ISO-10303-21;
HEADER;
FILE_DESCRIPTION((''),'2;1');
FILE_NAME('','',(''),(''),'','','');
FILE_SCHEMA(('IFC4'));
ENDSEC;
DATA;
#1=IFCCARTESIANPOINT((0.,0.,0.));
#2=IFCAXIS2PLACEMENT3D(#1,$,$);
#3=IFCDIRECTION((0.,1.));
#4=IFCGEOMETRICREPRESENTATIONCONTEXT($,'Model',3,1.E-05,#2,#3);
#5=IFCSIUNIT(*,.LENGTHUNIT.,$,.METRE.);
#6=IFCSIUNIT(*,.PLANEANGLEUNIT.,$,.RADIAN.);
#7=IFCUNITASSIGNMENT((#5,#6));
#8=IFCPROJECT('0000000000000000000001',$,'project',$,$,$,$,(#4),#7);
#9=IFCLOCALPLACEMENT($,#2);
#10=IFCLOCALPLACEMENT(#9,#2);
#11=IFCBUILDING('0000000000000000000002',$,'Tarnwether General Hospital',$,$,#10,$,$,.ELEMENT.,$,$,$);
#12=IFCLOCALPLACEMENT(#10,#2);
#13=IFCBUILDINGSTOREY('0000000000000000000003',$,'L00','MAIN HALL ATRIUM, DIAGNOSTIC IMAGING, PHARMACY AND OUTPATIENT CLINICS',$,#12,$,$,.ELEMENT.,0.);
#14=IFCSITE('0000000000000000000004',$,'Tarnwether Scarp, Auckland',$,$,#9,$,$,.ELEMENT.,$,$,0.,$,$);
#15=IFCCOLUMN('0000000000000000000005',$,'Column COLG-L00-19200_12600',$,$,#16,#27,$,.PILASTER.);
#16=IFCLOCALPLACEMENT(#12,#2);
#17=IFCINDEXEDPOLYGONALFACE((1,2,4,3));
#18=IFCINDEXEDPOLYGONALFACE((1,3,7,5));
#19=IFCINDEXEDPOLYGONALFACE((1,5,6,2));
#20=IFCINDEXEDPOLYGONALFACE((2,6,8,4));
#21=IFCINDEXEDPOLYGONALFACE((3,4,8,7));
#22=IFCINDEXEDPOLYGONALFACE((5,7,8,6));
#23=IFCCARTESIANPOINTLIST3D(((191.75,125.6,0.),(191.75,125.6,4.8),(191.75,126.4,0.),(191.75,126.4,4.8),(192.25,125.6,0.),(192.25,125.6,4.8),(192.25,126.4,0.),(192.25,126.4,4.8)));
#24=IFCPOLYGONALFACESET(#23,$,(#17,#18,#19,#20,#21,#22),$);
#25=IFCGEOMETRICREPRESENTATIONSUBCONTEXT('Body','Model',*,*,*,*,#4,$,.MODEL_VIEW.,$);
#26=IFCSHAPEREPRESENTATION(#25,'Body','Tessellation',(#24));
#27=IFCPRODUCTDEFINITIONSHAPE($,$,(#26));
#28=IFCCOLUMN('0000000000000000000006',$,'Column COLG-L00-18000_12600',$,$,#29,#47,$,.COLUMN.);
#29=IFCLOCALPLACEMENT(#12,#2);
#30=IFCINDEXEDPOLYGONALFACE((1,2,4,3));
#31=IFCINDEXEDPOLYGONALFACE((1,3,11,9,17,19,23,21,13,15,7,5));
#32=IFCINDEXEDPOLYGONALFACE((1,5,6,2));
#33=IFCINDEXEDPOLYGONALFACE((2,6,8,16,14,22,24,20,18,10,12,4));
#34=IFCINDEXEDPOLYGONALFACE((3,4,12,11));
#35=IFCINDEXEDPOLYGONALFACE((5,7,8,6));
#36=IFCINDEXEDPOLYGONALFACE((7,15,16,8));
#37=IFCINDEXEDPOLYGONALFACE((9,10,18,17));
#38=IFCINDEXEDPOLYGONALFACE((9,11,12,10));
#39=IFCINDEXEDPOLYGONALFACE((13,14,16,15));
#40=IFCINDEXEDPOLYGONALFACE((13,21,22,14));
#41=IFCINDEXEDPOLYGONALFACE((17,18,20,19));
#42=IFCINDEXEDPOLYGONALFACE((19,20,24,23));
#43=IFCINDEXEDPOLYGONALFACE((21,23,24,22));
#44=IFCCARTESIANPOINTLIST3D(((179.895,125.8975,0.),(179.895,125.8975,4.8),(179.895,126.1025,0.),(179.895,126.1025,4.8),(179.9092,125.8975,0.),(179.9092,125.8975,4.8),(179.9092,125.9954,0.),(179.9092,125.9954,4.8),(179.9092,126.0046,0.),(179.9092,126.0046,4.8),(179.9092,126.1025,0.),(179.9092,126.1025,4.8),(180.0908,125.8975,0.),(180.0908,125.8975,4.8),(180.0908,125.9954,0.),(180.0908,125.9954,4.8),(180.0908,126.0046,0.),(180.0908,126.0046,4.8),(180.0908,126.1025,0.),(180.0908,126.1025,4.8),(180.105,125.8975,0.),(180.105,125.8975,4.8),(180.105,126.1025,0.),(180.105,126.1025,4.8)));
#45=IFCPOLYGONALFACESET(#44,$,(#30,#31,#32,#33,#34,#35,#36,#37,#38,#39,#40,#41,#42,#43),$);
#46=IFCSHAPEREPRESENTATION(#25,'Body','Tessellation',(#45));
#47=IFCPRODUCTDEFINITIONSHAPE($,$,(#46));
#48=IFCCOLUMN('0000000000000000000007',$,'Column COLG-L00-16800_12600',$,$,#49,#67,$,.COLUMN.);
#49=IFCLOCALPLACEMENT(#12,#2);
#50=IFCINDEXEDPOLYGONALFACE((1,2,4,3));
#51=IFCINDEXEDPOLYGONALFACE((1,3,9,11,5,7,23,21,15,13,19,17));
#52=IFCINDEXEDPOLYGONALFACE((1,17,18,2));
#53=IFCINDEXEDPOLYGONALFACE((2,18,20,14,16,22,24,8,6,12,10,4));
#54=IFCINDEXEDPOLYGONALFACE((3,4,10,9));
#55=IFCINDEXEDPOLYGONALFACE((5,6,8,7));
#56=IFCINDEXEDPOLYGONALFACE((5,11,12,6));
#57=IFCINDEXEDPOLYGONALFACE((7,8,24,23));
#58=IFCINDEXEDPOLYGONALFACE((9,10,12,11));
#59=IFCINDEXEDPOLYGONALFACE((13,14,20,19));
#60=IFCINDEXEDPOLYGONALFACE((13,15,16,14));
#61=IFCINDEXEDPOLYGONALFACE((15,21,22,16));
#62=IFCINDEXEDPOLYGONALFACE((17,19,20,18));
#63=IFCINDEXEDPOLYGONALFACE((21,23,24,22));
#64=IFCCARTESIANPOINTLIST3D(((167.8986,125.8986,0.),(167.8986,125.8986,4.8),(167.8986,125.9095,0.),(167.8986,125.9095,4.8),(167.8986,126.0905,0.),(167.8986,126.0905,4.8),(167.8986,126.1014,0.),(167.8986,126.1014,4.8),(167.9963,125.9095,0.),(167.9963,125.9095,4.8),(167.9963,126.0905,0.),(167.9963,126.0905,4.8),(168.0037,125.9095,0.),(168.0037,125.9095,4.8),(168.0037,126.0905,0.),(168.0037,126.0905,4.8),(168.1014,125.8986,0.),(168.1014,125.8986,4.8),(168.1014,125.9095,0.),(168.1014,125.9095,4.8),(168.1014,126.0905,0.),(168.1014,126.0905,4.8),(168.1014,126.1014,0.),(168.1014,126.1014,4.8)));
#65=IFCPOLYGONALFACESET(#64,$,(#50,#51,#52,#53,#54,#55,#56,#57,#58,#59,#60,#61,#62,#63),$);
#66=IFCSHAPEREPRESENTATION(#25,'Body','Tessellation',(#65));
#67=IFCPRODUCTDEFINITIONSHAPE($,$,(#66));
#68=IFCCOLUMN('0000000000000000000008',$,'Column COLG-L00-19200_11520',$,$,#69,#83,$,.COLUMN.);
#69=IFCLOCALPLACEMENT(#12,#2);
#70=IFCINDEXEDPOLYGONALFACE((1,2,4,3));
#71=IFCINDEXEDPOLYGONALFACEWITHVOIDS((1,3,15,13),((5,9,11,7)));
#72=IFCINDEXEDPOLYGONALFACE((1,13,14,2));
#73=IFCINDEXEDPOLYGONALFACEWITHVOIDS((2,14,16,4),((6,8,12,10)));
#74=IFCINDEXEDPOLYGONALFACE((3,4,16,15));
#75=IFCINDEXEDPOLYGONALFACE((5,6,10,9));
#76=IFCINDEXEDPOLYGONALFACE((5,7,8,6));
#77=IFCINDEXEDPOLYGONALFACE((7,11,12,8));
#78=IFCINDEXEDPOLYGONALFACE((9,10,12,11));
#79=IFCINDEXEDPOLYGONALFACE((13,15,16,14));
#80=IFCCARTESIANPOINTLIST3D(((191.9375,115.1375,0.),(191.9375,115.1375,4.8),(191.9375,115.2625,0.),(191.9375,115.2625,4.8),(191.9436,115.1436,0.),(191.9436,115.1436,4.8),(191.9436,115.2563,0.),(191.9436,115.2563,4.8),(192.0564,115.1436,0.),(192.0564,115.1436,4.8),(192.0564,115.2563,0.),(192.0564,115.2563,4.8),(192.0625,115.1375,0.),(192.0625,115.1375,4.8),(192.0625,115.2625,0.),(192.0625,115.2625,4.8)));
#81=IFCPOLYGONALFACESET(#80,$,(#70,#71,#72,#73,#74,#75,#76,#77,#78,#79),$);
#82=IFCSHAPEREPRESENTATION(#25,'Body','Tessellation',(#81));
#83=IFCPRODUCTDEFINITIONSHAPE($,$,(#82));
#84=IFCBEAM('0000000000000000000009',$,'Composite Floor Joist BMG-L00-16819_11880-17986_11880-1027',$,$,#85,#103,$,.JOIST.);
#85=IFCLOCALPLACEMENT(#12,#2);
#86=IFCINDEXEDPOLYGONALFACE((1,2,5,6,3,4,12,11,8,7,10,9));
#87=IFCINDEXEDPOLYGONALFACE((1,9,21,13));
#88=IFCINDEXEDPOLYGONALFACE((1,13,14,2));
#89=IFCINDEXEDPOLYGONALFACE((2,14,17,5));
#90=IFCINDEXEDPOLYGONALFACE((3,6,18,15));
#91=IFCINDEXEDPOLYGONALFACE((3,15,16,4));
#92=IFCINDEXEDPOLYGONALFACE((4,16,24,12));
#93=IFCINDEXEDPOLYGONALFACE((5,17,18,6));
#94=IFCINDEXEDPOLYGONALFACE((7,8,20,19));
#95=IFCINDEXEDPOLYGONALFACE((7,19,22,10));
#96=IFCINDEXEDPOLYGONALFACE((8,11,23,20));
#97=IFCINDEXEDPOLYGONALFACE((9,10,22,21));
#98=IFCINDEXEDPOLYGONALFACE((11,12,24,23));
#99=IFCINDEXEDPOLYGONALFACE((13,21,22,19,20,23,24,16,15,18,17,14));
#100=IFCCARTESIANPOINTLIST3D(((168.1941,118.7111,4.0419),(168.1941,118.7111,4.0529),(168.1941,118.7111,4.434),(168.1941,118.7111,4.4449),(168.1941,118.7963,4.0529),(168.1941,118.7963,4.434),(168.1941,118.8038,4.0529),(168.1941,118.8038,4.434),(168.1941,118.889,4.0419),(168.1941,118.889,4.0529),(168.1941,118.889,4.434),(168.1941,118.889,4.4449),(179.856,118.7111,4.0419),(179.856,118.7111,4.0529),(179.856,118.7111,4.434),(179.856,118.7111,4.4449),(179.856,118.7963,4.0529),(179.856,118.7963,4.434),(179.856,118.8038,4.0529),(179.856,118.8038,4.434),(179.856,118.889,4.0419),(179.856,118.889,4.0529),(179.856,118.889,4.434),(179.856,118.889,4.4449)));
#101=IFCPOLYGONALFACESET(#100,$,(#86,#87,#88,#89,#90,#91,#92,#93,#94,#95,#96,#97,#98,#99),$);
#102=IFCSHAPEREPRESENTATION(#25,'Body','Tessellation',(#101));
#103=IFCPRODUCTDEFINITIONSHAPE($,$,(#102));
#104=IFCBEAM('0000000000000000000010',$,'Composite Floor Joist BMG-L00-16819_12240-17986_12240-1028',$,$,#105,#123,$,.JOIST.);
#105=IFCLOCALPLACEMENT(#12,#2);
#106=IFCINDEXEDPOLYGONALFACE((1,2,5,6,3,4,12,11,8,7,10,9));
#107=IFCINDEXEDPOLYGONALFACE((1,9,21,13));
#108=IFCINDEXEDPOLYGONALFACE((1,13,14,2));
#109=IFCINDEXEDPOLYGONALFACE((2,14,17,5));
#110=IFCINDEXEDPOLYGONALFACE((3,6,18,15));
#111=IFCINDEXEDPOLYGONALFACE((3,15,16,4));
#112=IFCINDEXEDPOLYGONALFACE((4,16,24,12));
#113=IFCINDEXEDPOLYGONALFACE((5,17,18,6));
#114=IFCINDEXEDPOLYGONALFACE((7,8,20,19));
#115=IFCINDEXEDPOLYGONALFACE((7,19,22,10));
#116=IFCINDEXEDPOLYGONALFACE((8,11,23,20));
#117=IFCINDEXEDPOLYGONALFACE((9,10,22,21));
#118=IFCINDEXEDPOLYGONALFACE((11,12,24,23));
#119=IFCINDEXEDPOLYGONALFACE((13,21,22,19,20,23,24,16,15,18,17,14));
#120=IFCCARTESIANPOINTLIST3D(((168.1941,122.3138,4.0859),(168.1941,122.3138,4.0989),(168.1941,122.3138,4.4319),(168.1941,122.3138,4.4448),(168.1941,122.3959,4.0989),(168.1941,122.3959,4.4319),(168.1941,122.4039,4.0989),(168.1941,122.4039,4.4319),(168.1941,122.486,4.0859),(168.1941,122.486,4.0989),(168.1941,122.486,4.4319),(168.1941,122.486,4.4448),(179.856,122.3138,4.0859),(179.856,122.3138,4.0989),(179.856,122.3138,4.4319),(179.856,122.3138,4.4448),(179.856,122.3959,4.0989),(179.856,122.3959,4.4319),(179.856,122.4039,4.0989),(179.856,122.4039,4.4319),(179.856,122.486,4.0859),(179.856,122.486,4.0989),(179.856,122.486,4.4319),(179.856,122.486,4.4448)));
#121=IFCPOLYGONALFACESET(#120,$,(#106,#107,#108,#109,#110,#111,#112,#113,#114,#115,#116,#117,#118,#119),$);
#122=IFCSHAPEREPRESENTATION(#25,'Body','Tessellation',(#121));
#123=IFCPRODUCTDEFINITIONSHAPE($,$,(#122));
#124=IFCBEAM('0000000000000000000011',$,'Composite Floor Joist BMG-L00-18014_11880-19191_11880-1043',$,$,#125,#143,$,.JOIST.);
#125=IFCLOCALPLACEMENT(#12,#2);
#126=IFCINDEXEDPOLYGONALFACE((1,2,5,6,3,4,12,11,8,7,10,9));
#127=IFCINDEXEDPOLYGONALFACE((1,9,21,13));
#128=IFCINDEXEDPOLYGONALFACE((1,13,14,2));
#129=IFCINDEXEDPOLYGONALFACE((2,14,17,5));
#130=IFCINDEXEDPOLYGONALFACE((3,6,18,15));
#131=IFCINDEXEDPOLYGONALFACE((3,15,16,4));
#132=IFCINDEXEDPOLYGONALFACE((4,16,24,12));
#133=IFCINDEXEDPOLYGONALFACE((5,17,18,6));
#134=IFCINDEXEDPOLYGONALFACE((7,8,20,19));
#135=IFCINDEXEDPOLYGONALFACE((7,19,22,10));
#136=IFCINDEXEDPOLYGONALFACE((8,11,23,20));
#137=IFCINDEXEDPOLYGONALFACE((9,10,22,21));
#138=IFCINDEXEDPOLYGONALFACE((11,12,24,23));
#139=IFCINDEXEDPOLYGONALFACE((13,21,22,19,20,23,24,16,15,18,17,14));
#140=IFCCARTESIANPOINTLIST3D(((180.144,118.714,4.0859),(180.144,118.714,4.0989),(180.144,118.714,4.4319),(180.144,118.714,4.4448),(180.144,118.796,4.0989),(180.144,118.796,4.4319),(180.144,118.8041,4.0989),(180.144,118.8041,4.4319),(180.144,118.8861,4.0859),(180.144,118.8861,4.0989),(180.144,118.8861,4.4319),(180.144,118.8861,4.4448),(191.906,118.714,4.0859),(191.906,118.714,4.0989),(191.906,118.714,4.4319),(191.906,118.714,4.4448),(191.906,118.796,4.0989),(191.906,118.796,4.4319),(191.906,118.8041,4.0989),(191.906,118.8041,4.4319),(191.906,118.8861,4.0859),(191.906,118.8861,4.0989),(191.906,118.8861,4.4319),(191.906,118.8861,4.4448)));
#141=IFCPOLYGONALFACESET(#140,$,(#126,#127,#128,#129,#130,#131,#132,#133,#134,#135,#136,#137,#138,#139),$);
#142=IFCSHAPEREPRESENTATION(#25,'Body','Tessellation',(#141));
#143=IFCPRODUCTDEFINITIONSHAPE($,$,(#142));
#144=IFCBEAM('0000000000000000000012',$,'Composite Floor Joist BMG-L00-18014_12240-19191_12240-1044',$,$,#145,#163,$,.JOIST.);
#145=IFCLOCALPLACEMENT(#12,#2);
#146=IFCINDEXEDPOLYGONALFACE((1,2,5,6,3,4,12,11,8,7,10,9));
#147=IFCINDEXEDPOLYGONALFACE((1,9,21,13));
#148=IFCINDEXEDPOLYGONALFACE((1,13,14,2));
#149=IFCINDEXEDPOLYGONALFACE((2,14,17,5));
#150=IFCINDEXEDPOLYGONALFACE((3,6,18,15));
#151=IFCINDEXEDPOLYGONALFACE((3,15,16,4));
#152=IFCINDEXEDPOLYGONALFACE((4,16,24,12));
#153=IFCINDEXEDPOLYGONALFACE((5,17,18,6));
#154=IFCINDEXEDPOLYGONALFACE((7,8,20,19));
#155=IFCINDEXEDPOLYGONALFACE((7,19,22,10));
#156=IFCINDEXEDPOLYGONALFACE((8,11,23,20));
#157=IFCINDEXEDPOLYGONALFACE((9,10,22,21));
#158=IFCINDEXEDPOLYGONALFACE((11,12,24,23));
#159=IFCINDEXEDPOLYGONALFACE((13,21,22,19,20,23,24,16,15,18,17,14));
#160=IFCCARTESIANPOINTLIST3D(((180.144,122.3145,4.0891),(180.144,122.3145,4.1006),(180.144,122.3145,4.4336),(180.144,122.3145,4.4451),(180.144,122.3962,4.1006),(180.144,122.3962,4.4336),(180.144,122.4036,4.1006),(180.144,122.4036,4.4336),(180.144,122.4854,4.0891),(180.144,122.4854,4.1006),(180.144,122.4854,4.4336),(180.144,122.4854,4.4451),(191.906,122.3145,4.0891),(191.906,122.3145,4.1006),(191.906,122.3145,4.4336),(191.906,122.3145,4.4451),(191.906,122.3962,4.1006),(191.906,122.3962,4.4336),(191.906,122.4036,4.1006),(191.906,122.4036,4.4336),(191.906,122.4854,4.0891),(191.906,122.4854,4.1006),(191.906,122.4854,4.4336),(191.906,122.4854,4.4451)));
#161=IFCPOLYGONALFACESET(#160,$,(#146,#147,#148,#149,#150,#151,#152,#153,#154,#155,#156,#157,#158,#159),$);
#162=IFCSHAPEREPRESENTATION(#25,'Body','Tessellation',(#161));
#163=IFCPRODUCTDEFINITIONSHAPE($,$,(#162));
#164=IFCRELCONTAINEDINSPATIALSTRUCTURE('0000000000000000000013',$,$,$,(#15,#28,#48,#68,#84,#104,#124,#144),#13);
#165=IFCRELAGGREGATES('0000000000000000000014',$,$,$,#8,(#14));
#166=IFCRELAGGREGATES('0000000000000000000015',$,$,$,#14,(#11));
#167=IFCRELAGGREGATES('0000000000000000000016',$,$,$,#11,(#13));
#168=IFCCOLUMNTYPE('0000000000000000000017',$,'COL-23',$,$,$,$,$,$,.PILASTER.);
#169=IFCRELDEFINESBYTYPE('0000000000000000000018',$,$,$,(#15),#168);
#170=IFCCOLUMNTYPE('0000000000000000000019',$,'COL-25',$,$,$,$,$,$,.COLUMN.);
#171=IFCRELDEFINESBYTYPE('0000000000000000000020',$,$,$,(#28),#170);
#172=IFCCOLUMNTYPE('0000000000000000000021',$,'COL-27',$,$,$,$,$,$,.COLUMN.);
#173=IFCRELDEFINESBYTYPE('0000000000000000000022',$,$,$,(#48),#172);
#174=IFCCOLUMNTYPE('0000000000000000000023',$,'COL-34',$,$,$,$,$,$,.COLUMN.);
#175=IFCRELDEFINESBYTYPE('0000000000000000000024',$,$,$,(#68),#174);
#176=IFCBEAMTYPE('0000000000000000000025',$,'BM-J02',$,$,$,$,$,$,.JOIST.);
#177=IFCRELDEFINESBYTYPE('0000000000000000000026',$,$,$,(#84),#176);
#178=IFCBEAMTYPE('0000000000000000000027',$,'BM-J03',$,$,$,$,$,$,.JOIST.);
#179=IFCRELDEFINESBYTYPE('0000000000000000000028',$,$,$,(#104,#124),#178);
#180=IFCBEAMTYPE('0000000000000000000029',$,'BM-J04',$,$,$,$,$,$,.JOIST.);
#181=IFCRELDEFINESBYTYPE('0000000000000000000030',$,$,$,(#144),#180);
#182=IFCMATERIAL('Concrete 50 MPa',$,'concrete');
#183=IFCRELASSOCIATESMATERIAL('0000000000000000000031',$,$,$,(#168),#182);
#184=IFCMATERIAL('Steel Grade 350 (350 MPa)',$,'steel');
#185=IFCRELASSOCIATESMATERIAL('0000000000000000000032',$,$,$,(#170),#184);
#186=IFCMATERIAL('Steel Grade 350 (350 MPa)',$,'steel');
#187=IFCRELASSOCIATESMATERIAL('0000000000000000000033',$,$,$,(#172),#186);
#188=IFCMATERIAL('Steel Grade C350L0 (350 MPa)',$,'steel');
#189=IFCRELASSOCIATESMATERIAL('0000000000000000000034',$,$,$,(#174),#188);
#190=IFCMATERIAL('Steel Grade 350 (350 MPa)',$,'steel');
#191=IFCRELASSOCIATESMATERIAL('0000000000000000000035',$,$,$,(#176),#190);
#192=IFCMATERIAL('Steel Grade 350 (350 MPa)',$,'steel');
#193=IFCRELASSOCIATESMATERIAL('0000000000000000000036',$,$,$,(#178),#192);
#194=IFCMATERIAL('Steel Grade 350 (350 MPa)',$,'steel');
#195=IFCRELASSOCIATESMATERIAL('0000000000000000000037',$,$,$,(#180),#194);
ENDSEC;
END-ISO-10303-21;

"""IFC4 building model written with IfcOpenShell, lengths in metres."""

from ifc_helpers import new_model, si_unit, direction, frame, origin, origin_2d, place, context, subcontext, project, spatial, rectangle, hollow_rectangle, i_section, extrude, material, material_profile, profile_set, type_object, element, save


model = new_model("IFC4")

# Units and contexts
model_context = context("Model", 3, precision=1e-05, world=origin(), true_north=direction((0.0, 1.0)))
body_context = subcontext(model_context, "Body", "Model", "MODEL_VIEW")
ifc_project = project(units=[si_unit("LENGTHUNIT", "METRE"), si_unit("PLANEANGLEUNIT", "RADIAN")], contexts=[model_context])

# Site, building, storey
site_placement = place(None, origin())
site = spatial("IfcSite", under=ifc_project, at=site_placement, Name="Tarnwether Scarp, Auckland", CompositionType="ELEMENT", RefElevation=0.0)
building_placement = place(site_placement, origin())
building = spatial("IfcBuilding", under=site, at=building_placement, Name="Tarnwether General Hospital", CompositionType="ELEMENT")
storey_placement = place(building_placement, origin())
storey = spatial("IfcBuildingStorey", under=building, at=storey_placement, Name="L00", Description="MAIN HALL ATRIUM, DIAGNOSTIC IMAGING, PHARMACY AND OUTPATIENT CLINICS", CompositionType="ELEMENT", Elevation=0.0)

# Columns
ifc_material_1 = material(Name="Concrete 50 MPa", Category="concrete")
ifc_material_profile_1 = material_profile(ifc_material_1, rectangle(XDim=0.5, YDim=0.8, at=origin_2d()), Name="RC-PIL-500x800")
ifc_profile_set_1 = profile_set([ifc_material_profile_1], Name="Concrete 50 MPa")
column_type_1 = type_object("IfcColumnType", Name="COL-23", PredefinedType="PILASTER", material=ifc_profile_set_1)
column_1_placement = place(storey_placement, frame((192.0, 126.0, 0.0), z_axis=(0.0, 0.0, 1.0), x_axis=(1.0, 0.0, 0.0)))
element("IfcColumn", 1, at=column_1_placement, inside=storey, type_object=column_type_1, Name="Column COLG-L00-19200_12600", PredefinedType="PILASTER", context=body_context, shape_type="SweptSolid", body=[
    extrude(rectangle(XDim=0.5, YDim=0.8, at=origin_2d()), origin(), (0.0, 0.0, 1.0), 4.8),
])
ifc_material_2 = material(Name="Steel Grade 350 (350 MPa)", Category="steel")
ifc_material_profile_2 = material_profile(ifc_material_2, i_section(OverallWidth=0.2051, OverallDepth=0.21, WebThickness=0.0093, FlangeThickness=0.0142, at=origin_2d()), Name="200UC59.5")
ifc_profile_set_2 = profile_set([ifc_material_profile_2], Name="Steel Grade 350 (350 MPa)")
column_type_2 = type_object("IfcColumnType", Name="COL-25", PredefinedType="COLUMN", material=ifc_profile_set_2)
column_2_placement = place(storey_placement, frame((180.0, 126.0, 0.0), z_axis=(0.0, 0.0, 1.0), x_axis=(0.0, 1.0, 0.0)))
element("IfcColumn", 2, at=column_2_placement, inside=storey, type_object=column_type_2, Name="Column COLG-L00-18000_12600", PredefinedType="COLUMN", context=body_context, shape_type="SweptSolid", body=[
    extrude(i_section(OverallWidth=0.2051, OverallDepth=0.21, WebThickness=0.0093, FlangeThickness=0.0142, at=origin_2d()), origin(), (0.0, 0.0, 1.0), 4.8),
])
ifc_material_3 = material(Name="Steel Grade 350 (350 MPa)", Category="steel")
ifc_material_profile_3 = material_profile(ifc_material_3, i_section(OverallWidth=0.2029, OverallDepth=0.2029, WebThickness=0.0073, FlangeThickness=0.011, at=origin_2d()), Name="200UC46.2")
ifc_profile_set_3 = profile_set([ifc_material_profile_3], Name="Steel Grade 350 (350 MPa)")
column_type_3 = type_object("IfcColumnType", Name="COL-27", PredefinedType="COLUMN", material=ifc_profile_set_3)
column_3_placement = place(storey_placement, frame((168.0, 126.0, 0.0), z_axis=(0.0, 0.0, 1.0), x_axis=(1.0, 0.0, 0.0)))
element("IfcColumn", 3, at=column_3_placement, inside=storey, type_object=column_type_3, Name="Column COLG-L00-16800_12600", PredefinedType="COLUMN", context=body_context, shape_type="SweptSolid", body=[
    extrude(i_section(OverallWidth=0.2029, OverallDepth=0.2029, WebThickness=0.0073, FlangeThickness=0.011, at=origin_2d()), origin(), (0.0, 0.0, 1.0), 4.8),
])
ifc_material_4 = material(Name="Steel Grade C350L0 (350 MPa)", Category="steel")
ifc_material_profile_4 = material_profile(ifc_material_4, hollow_rectangle(XDim=0.125, YDim=0.125, WallThickness=0.0061, at=origin_2d()), Name="SHS125x125x6")
ifc_profile_set_4 = profile_set([ifc_material_profile_4], Name="Steel Grade C350L0 (350 MPa)")
column_type_4 = type_object("IfcColumnType", Name="COL-34", PredefinedType="COLUMN", material=ifc_profile_set_4)
column_4_placement = place(storey_placement, frame((192.0, 115.2, 0.0), z_axis=(0.0, 0.0, 1.0), x_axis=(1.0, 0.0, 0.0)))
element("IfcColumn", 4, at=column_4_placement, inside=storey, type_object=column_type_4, Name="Column COLG-L00-19200_11520", PredefinedType="COLUMN", context=body_context, shape_type="SweptSolid", body=[
    extrude(hollow_rectangle(XDim=0.125, YDim=0.125, WallThickness=0.0061, at=origin_2d()), origin(), (0.0, 0.0, 1.0), 4.8),
])

# Beams
ifc_material_5 = material(Name="Steel Grade 350 (350 MPa)", Category="steel")
ifc_material_profile_5 = material_profile(ifc_material_5, i_section(OverallWidth=0.178, OverallDepth=0.4031, WebThickness=0.0076, FlangeThickness=0.011, at=origin_2d()), Name="410UB53.7")
ifc_profile_set_5 = profile_set([ifc_material_profile_5], Name="Steel Grade 350 (350 MPa)")
beam_type_1 = type_object("IfcBeamType", Name="BM-J02", PredefinedType="JOIST", material=ifc_profile_set_5)
beam_1_placement = place(storey_placement, frame((168.1941, 118.8, 4.2434), z_axis=(1.0, 0.0, 0.0), x_axis=(0.0, 1.0, 0.0)))
element("IfcBeam", 5, at=beam_1_placement, inside=storey, type_object=beam_type_1, Name="Composite Floor Joist BMG-L00-16819_11880-17986_11880-1027", PredefinedType="JOIST", context=body_context, shape_type="SweptSolid", body=[
    extrude(i_section(OverallWidth=0.178, OverallDepth=0.4031, WebThickness=0.0076, FlangeThickness=0.011, at=origin_2d()), origin(), (0.0, 0.0, 1.0), 11.6619),
])
ifc_material_6 = material(Name="Steel Grade 350 (350 MPa)", Category="steel")
ifc_material_profile_6 = material_profile(ifc_material_6, i_section(OverallWidth=0.1721, OverallDepth=0.3589, WebThickness=0.0081, FlangeThickness=0.0129, at=origin_2d()), Name="360UB56.7")
ifc_profile_set_6 = profile_set([ifc_material_profile_6], Name="Steel Grade 350 (350 MPa)")
beam_type_2 = type_object("IfcBeamType", Name="BM-J03", PredefinedType="JOIST", material=ifc_profile_set_6)
beam_2_placement = place(storey_placement, frame((168.1941, 122.3999, 4.2654), z_axis=(1.0, 0.0, 0.0), x_axis=(0.0, 1.0, 0.0)))
element("IfcBeam", 6, at=beam_2_placement, inside=storey, type_object=beam_type_2, Name="Composite Floor Joist BMG-L00-16819_12240-17986_12240-1028", PredefinedType="JOIST", context=body_context, shape_type="SweptSolid", body=[
    extrude(i_section(OverallWidth=0.1721, OverallDepth=0.3589, WebThickness=0.0081, FlangeThickness=0.0129, at=origin_2d()), origin(), (0.0, 0.0, 1.0), 11.6619),
])
beam_3_placement = place(storey_placement, frame((180.144, 118.8, 4.2654), z_axis=(1.0, 0.0, 0.0), x_axis=(0.0, 1.0, 0.0)))
element("IfcBeam", 7, at=beam_3_placement, inside=storey, type_object=beam_type_2, Name="Composite Floor Joist BMG-L00-18014_11880-19191_11880-1043", PredefinedType="JOIST", context=body_context, shape_type="SweptSolid", body=[
    extrude(i_section(OverallWidth=0.1721, OverallDepth=0.3589, WebThickness=0.0081, FlangeThickness=0.0129, at=origin_2d()), origin(), (0.0, 0.0, 1.0), 11.762),
])
ifc_material_7 = material(Name="Steel Grade 350 (350 MPa)", Category="steel")
ifc_material_profile_7 = material_profile(ifc_material_7, i_section(OverallWidth=0.1709, OverallDepth=0.356, WebThickness=0.0073, FlangeThickness=0.0115, at=origin_2d()), Name="360UB50.7")
ifc_profile_set_7 = profile_set([ifc_material_profile_7], Name="Steel Grade 350 (350 MPa)")
beam_type_3 = type_object("IfcBeamType", Name="BM-J04", PredefinedType="JOIST", material=ifc_profile_set_7)
beam_4_placement = place(storey_placement, frame((180.144, 122.3999, 4.2671), z_axis=(1.0, 0.0, 0.0), x_axis=(0.0, 1.0, 0.0)))
element("IfcBeam", 8, at=beam_4_placement, inside=storey, type_object=beam_type_3, Name="Composite Floor Joist BMG-L00-18014_12240-19191_12240-1044", PredefinedType="JOIST", context=body_context, shape_type="SweptSolid", body=[
    extrude(i_section(OverallWidth=0.1709, OverallDepth=0.356, WebThickness=0.0073, FlangeThickness=0.0115, at=origin_2d()), origin(), (0.0, 0.0, 1.0), 11.762),
])

save(model, "model.ifc")
